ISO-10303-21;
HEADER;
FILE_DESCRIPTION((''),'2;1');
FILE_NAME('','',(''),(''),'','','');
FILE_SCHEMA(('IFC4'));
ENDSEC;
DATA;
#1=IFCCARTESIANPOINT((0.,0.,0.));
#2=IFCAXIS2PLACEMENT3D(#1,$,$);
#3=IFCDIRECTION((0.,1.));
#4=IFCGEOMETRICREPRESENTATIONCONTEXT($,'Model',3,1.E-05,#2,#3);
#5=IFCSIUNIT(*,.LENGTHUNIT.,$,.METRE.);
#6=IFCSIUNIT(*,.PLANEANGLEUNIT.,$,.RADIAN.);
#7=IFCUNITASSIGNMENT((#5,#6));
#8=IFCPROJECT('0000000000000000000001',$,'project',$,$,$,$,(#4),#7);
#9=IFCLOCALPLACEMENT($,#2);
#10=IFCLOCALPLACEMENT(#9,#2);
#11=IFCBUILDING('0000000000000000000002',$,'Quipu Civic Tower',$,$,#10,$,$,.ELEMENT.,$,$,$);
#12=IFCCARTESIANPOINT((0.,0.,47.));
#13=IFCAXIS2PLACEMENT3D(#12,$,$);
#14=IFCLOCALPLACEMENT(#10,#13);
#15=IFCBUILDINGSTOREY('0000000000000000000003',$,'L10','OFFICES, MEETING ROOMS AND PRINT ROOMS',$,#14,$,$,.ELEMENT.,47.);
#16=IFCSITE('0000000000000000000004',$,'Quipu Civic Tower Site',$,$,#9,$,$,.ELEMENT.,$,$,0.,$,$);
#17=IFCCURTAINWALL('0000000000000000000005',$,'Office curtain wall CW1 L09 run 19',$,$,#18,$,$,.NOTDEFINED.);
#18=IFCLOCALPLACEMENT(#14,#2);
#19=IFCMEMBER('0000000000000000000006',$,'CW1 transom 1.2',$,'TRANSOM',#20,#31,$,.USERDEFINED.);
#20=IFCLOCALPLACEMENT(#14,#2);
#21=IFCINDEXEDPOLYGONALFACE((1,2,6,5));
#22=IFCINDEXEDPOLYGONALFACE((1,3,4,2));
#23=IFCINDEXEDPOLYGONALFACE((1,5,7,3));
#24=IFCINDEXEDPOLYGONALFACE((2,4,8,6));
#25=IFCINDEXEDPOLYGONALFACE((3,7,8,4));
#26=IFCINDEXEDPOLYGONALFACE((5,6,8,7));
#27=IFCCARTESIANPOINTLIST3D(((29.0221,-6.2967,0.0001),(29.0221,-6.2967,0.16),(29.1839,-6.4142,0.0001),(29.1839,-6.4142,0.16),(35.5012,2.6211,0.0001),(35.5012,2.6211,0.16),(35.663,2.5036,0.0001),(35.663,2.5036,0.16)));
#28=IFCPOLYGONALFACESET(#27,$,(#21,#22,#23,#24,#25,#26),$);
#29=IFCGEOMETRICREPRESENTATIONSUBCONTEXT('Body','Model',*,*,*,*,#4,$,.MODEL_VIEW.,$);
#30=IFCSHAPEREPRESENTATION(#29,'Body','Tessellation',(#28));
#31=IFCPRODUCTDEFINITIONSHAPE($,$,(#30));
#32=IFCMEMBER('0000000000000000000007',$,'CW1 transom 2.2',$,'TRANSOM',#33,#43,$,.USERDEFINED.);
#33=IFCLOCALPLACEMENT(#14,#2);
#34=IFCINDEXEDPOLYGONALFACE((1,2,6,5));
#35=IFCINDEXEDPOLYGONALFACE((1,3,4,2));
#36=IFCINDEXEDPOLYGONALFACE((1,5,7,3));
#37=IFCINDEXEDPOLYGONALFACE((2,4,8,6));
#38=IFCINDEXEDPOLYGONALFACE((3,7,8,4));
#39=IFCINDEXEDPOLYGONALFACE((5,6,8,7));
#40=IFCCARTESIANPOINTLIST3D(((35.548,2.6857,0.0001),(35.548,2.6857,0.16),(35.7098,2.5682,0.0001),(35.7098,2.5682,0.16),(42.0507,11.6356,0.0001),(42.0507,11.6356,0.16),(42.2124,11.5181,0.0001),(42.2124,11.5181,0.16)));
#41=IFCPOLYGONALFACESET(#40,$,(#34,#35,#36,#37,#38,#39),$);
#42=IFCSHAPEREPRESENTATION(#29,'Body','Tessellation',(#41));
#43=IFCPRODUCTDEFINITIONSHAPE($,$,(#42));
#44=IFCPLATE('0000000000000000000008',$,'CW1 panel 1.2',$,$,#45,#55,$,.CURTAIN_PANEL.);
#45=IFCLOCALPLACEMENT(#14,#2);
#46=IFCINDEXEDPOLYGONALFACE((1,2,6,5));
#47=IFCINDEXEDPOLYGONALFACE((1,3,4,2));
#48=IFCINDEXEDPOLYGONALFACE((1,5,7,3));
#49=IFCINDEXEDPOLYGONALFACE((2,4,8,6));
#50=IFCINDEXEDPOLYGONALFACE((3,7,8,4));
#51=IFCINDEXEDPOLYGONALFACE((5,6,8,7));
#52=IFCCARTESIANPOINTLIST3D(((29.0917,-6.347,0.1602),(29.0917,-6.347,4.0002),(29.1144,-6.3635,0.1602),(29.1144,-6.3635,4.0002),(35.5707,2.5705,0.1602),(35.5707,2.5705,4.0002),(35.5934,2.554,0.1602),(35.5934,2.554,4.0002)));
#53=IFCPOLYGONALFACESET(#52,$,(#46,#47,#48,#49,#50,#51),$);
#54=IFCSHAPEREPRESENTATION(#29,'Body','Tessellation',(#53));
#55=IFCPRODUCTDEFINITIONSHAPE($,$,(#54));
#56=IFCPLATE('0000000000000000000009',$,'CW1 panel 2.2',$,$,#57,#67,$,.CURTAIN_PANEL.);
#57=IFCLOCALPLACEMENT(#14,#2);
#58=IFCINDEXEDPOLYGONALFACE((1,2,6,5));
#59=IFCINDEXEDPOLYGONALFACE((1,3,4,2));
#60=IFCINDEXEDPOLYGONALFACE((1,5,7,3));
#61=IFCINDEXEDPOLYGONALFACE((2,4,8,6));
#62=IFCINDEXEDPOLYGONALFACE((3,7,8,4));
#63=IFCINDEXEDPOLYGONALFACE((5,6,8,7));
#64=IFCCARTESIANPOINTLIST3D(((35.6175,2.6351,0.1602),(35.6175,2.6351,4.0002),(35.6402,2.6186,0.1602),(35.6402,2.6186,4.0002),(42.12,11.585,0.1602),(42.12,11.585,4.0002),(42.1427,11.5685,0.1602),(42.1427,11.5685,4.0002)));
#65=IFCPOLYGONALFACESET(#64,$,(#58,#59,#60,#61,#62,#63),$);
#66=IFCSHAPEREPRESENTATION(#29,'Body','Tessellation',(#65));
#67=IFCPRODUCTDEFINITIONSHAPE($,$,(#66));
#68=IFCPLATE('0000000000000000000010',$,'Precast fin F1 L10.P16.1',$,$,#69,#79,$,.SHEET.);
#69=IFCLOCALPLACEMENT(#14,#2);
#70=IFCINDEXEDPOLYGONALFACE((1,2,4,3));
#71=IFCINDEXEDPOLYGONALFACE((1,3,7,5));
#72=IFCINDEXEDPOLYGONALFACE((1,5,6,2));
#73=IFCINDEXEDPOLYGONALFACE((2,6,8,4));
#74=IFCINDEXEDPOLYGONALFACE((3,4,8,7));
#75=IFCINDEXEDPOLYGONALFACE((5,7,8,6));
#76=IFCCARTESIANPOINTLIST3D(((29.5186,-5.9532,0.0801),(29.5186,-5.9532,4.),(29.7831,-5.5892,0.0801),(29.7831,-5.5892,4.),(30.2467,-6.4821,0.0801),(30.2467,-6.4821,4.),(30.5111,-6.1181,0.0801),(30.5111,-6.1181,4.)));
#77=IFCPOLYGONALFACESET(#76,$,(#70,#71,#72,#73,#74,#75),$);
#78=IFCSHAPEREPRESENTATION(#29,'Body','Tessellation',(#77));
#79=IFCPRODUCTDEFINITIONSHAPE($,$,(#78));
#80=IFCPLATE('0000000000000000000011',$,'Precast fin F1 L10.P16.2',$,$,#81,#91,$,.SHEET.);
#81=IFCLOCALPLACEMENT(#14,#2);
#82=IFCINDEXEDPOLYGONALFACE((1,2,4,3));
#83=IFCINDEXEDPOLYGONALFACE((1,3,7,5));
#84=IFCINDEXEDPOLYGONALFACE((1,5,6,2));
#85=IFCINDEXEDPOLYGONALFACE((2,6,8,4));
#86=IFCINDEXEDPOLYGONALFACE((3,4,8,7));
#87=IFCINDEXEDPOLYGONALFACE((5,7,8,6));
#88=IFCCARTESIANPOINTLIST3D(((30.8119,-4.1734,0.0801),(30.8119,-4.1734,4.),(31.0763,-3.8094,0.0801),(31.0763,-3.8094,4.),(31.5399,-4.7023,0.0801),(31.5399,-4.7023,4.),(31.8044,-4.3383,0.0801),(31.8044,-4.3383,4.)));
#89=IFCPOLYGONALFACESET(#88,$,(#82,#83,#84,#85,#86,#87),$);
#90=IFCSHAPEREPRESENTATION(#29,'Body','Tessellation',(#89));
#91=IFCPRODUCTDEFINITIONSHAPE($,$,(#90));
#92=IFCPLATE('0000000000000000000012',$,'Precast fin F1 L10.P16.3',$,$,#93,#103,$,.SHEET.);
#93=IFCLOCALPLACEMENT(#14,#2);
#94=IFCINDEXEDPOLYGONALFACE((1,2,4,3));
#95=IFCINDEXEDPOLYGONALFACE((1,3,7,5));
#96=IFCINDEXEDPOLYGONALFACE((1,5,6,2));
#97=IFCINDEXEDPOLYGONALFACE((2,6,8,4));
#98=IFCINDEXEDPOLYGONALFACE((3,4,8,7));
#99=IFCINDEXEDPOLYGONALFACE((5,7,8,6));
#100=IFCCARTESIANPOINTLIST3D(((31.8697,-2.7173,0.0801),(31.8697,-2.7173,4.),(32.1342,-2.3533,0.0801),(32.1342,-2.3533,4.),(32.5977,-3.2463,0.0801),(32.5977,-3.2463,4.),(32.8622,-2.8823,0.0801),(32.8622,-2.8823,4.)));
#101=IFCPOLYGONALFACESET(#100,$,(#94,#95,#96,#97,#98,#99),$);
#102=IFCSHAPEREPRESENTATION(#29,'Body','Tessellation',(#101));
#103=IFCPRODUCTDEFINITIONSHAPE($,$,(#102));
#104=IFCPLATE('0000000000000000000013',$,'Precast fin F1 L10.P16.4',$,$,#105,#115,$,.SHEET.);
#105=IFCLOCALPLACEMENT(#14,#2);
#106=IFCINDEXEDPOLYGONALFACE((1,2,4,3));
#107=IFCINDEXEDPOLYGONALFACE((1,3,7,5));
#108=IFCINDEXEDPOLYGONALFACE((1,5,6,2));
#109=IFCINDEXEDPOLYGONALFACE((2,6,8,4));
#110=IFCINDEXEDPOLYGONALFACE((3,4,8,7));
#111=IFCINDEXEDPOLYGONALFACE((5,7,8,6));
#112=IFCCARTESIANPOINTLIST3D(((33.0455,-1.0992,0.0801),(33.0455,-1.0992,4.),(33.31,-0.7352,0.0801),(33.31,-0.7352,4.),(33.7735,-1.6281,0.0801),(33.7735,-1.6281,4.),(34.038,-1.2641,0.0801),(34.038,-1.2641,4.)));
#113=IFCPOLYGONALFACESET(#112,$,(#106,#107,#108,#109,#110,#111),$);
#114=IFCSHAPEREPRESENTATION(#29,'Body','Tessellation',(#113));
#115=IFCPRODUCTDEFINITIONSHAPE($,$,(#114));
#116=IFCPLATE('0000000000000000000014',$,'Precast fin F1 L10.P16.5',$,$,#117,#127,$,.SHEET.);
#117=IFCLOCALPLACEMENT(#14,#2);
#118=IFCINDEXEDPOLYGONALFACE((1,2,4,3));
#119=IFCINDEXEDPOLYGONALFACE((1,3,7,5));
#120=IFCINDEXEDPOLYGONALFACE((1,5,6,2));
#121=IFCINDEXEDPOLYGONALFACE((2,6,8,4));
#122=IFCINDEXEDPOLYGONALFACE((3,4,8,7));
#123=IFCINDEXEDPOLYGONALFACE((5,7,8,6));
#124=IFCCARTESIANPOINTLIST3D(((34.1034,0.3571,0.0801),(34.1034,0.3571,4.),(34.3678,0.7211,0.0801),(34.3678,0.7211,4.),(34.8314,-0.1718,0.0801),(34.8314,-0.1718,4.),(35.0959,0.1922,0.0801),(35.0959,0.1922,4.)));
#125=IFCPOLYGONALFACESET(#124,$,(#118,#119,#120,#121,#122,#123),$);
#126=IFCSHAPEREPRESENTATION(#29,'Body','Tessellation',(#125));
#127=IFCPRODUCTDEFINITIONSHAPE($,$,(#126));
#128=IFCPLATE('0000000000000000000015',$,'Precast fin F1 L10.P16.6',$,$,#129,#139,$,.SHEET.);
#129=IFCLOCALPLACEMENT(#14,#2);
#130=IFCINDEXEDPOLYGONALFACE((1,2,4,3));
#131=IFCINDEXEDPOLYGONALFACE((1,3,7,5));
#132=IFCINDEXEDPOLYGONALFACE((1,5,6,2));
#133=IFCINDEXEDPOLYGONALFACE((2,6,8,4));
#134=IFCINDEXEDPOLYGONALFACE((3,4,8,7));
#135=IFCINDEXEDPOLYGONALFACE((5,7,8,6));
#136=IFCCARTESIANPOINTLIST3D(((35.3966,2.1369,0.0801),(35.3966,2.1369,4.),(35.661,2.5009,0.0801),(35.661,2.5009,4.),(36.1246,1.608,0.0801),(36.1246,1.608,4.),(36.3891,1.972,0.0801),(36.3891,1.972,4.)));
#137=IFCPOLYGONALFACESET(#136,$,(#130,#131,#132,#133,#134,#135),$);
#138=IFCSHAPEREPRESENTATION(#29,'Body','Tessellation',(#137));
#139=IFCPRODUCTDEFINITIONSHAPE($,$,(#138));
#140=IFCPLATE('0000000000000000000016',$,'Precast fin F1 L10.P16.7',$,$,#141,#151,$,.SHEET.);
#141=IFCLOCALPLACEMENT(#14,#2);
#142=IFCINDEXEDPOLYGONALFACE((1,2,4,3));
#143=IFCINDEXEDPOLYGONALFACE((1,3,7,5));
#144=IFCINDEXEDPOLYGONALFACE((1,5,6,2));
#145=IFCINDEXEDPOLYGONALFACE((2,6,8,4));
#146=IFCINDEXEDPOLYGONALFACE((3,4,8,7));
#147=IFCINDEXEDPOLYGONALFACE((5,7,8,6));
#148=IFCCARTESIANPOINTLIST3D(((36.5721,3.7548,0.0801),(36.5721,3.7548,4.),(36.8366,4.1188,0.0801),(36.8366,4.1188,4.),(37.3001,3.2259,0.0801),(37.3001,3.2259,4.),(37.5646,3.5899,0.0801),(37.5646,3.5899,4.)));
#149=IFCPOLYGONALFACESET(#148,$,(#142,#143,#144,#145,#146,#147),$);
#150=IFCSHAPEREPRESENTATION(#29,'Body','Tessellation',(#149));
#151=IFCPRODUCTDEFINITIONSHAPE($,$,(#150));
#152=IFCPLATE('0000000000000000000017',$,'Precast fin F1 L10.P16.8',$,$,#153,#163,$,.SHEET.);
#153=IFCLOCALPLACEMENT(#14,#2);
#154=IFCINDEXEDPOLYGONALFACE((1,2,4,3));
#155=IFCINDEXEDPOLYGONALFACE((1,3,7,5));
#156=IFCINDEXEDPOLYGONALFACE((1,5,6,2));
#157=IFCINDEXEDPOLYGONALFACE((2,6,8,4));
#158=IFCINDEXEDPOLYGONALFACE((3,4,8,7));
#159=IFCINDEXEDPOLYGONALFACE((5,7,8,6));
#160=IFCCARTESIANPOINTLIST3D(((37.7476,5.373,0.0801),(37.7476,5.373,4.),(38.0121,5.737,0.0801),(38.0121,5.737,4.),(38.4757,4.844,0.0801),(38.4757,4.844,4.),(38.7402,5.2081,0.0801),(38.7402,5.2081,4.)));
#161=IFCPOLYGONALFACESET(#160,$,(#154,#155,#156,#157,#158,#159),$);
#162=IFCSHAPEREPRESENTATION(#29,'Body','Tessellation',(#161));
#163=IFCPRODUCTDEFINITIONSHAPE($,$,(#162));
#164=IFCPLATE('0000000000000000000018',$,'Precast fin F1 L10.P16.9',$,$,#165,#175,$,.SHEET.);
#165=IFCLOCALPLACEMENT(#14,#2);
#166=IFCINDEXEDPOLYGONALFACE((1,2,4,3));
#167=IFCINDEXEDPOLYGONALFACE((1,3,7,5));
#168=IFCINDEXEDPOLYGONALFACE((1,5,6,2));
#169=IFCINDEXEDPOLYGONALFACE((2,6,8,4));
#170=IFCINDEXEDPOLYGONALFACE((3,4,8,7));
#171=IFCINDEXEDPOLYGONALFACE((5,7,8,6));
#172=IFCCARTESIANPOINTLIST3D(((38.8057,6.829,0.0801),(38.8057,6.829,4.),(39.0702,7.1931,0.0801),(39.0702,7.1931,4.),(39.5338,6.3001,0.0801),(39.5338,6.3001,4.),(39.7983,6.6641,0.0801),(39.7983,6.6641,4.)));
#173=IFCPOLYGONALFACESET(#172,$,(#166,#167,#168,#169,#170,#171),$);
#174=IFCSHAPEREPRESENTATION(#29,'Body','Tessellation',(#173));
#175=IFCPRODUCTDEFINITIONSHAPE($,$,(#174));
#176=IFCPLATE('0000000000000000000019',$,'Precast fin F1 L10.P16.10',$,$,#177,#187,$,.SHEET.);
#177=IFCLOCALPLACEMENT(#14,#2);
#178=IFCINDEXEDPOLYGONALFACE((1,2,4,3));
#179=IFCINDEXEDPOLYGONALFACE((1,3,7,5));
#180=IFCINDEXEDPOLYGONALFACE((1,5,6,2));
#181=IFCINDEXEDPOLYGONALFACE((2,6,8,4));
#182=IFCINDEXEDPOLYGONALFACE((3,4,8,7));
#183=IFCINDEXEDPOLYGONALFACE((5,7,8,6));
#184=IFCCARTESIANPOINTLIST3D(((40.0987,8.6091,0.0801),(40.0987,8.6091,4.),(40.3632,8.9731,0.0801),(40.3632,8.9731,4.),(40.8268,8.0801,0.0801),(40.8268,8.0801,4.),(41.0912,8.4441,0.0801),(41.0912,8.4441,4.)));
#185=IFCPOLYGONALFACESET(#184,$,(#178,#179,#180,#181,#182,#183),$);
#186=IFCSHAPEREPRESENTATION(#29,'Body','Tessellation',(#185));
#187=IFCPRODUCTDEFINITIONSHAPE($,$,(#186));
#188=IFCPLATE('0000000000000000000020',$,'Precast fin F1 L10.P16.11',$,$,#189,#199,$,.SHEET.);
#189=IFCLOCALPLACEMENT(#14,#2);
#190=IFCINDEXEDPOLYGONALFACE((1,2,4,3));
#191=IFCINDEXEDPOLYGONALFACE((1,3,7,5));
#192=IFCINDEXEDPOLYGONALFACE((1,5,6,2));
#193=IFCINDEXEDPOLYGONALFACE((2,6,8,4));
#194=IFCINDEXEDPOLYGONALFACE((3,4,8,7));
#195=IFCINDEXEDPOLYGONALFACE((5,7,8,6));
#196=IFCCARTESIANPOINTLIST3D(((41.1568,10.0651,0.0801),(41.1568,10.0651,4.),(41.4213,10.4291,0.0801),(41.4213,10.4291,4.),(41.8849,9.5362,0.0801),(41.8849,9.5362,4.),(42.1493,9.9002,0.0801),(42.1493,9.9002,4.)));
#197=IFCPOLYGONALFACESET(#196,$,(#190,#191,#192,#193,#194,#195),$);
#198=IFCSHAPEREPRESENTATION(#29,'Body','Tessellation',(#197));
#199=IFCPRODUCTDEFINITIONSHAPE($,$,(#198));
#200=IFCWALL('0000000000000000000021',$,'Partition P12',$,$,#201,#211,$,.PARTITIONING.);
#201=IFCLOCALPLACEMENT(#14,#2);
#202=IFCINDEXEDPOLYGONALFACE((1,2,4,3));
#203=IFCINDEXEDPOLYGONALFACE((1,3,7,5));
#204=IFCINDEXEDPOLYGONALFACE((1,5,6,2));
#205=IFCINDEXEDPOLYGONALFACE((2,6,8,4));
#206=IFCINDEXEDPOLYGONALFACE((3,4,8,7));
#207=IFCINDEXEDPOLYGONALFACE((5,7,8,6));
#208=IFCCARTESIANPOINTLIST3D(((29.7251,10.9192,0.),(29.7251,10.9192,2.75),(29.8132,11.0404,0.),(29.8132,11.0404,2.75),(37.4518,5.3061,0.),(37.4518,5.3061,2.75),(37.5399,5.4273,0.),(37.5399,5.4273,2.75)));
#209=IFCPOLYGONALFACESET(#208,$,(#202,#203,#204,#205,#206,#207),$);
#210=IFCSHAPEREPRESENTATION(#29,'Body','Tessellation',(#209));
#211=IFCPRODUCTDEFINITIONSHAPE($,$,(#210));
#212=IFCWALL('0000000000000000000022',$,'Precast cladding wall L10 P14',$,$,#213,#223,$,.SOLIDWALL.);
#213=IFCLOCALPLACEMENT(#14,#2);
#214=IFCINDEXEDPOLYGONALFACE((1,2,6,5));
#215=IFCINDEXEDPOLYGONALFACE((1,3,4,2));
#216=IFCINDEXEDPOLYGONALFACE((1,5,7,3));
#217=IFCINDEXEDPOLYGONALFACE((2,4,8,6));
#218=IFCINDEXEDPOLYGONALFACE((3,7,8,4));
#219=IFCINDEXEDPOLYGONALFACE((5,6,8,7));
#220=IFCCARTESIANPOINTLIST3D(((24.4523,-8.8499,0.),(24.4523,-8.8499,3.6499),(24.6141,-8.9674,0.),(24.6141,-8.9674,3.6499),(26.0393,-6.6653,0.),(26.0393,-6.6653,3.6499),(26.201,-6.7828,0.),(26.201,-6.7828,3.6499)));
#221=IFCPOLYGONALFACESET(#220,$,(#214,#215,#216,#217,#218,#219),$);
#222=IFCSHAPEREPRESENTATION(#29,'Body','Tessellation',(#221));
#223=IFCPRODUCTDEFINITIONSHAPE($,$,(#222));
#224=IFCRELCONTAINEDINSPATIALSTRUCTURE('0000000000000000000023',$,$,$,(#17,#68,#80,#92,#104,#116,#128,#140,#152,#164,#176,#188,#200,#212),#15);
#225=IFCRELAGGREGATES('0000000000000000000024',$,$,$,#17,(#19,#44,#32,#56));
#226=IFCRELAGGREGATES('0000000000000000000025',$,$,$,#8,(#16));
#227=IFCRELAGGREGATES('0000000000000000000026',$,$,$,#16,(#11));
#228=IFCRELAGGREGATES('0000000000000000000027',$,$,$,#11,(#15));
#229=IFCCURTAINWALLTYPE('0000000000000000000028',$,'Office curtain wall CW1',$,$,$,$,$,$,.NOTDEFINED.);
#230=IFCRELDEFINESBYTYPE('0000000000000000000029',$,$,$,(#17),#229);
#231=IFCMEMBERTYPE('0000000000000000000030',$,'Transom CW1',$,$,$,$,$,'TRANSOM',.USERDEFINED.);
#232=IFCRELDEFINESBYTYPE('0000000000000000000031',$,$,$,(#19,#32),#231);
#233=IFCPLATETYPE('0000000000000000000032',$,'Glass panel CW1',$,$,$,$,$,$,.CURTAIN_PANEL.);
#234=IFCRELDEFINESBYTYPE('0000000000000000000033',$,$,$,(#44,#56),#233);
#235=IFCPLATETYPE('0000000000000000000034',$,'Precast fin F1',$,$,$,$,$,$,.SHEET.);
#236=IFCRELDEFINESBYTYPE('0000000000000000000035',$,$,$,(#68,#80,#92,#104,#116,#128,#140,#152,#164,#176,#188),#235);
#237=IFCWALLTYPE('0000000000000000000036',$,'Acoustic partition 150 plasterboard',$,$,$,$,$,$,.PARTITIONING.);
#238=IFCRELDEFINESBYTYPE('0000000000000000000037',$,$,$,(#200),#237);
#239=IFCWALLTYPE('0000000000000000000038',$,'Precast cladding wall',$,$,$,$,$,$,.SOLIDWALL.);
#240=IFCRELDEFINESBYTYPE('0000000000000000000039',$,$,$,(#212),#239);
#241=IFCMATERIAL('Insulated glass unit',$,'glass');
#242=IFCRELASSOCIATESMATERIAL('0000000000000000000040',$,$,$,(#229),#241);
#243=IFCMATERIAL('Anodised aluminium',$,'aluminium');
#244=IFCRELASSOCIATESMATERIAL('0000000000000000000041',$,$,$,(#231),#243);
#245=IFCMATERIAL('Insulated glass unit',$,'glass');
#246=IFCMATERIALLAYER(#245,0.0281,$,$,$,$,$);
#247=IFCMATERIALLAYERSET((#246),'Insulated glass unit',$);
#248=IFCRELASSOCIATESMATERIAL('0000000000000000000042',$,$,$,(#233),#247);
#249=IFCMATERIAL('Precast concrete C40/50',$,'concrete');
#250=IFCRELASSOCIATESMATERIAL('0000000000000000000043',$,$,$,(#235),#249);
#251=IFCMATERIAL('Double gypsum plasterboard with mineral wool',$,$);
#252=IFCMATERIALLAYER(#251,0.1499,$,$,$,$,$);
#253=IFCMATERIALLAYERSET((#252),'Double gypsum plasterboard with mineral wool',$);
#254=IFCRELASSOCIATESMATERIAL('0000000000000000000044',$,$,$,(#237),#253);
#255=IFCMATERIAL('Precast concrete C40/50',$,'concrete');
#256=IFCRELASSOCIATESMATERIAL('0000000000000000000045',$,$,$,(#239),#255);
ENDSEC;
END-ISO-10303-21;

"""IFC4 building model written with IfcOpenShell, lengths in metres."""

from ifc_helpers import new_model, si_unit, direction, frame, frame_2d, origin, origin_2d, place, context, subcontext, project, spatial, rectangle, extrude, material, layer, layer_set, material_profile, profile_set, type_object, element, aggregate, save


model = new_model("IFC4")

# Units and contexts
model_context = context("Model", 3, precision=1e-05, world=origin(), true_north=direction((0.0, 1.0)))
body_context = subcontext(model_context, "Body", "Model", "MODEL_VIEW")
ifc_project = project(units=[si_unit("LENGTHUNIT", "METRE"), si_unit("PLANEANGLEUNIT", "RADIAN")], contexts=[model_context])

# Site, building, storey
site_placement = place(None, origin())
site = spatial("IfcSite", under=ifc_project, at=site_placement, Name="Quipu Civic Tower Site", CompositionType="ELEMENT", RefElevation=0.0)
building_placement = place(site_placement, origin())
building = spatial("IfcBuilding", under=site, at=building_placement, Name="Quipu Civic Tower", CompositionType="ELEMENT")
storey_placement = place(building_placement, frame((0.0, 0.0, 47.0)))
storey = spatial("IfcBuildingStorey", under=building, at=storey_placement, Name="L10", Description="OFFICES, MEETING ROOMS AND PRINT ROOMS", CompositionType="ELEMENT", Elevation=47.0)

# Curtain wall
ifc_material_1 = material(Name="Insulated glass unit", Category="glass")
curtain_wall_type = type_object("IfcCurtainWallType", Name="Office curtain wall CW1", PredefinedType="NOTDEFINED", material=ifc_material_1)
curtain_wall_placement = place(storey_placement, origin())
curtain_wall = element("IfcCurtainWall", 1, at=curtain_wall_placement, inside=storey, type_object=curtain_wall_type, Name="Office curtain wall CW1 L09 run 19", PredefinedType="NOTDEFINED")

# Members
ifc_material_2 = material(Name="Anodised aluminium", Category="aluminium")
ifc_material_profile_1 = material_profile(ifc_material_2, rectangle(XDim=0.2, YDim=0.1599, at=origin_2d()), Name="RECT 200x160")
ifc_profile_set_1 = profile_set([ifc_material_profile_1], Name="Anodised aluminium")
member_type_1 = type_object("IfcMemberType", Name="Transom CW1", ElementType="TRANSOM", PredefinedType="USERDEFINED", material=ifc_profile_set_1)
member_1_placement = place(storey_placement, frame((29.103, -6.3555, 0.0801), z_axis=(0.587779, 0.809021, 0.0), x_axis=(-0.809021, 0.587779, 0.0)))
member_1 = element("IfcMember", 2, at=member_1_placement, type_object=member_type_1, Name="CW1 transom 1.2", ObjectType="TRANSOM", PredefinedType="USERDEFINED", context=body_context, shape_type="SweptSolid", body=[
    extrude(rectangle(XDim=0.2, YDim=0.1599, at=origin_2d()), origin(), (0.0, 0.0, 1.0), 11.0229),
])
member_2_placement = place(storey_placement, frame((35.6289, 2.627, 0.0801), z_axis=(0.587795, 0.80901, 0.0), x_axis=(-0.80901, 0.587795, 0.0)))
member_2 = element("IfcMember", 3, at=member_2_placement, type_object=member_type_1, Name="CW1 transom 2.2", ObjectType="TRANSOM", PredefinedType="USERDEFINED", context=body_context, shape_type="SweptSolid", body=[
    extrude(rectangle(XDim=0.2, YDim=0.1599, at=origin_2d()), origin(), (0.0, 0.0, 1.0), 11.0627),
])

# Plates
ifc_material_3 = material(Name="Insulated glass unit", Category="glass")
ifc_layer_1 = layer(ifc_material_3, 0.0281)
ifc_layer_set_1 = layer_set([ifc_layer_1], Name="Insulated glass unit")
plate_type_1 = type_object("IfcPlateType", Name="Glass panel CW1", PredefinedType="CURTAIN_PANEL", material=ifc_layer_set_1)
plate_1_placement = place(storey_placement, frame((32.3425, -1.8965, 0.1602), z_axis=(0.0, 0.0, 1.0), x_axis=(0.587786, 0.809017, 0.0)))
plate_1 = element("IfcPlate", 4, at=plate_1_placement, type_object=plate_type_1, Name="CW1 panel 1.2", PredefinedType="CURTAIN_PANEL", context=body_context, shape_type="SweptSolid", body=[
    extrude(rectangle(XDim=11.0227, YDim=0.0281, at=origin_2d()), origin(), (0.0, 0.0, 1.0), 3.8401),
])
plate_2_placement = place(storey_placement, frame((38.8801, 7.1018, 0.1602), z_axis=(0.0, 0.0, 1.0), x_axis=(0.587786, 0.809017, 0.0)))
plate_2 = element("IfcPlate", 5, at=plate_2_placement, type_object=plate_type_1, Name="CW1 panel 2.2", PredefinedType="CURTAIN_PANEL", context=body_context, shape_type="SweptSolid", body=[
    extrude(rectangle(XDim=11.0627, YDim=0.0281, at=origin_2d()), origin(), (0.0, 0.0, 1.0), 3.8401),
])
aggregate(curtain_wall, [member_1, plate_1, member_2, plate_2])

# Plates
ifc_material_4 = material(Name="Precast concrete C40/50", Category="concrete")
plate_type_2 = type_object("IfcPlateType", Name="Precast fin F1", PredefinedType="SHEET", material=ifc_material_4)
for number, where, z_axis, x_axis, name in (
    (6, (30.0149, -6.0356, 0.0801), (0.0, 0.0, 1.0), (0.587786, 0.809017, 0.0), "Precast fin F1 L10.P16.1"),
    (7, (31.3081, -4.2559, 0.0801), (0.0, 0.0, 1.0), (0.587786, 0.809017, 0.0), "Precast fin F1 L10.P16.2"),
    (8, (32.366, -2.7998, 0.0801), (0.0, 0.0, 1.0), (0.587786, 0.809017, 0.0), "Precast fin F1 L10.P16.3"),
    (9, (33.5417, -1.1816, 0.0801), (0.0, 0.0, 1.0), (0.587786, 0.809017, 0.0), "Precast fin F1 L10.P16.4"),
    (10, (34.5996, 0.2747, 0.0801), (0.0, 0.0, 1.0), (0.587786, 0.809017, 0.0), "Precast fin F1 L10.P16.5"),
    (11, (35.8928, 2.0544, 0.0801), (0.0, 0.0, 1.0), (0.587786, 0.809017, 0.0), "Precast fin F1 L10.P16.6"),
    (12, (37.0684, 3.6724, 0.0801), (0.0, 0.0, 1.0), (0.587786, 0.809017, 0.0), "Precast fin F1 L10.P16.7"),
    (13, (38.2439, 5.2905, 0.0801), (0.0, 0.0, 1.0), (0.587786, 0.809017, 0.0), "Precast fin F1 L10.P16.8"),
    (14, (39.302, 6.7466, 0.0801), (0.0, 0.0, 1.0), (0.587786, 0.809017, 0.0), "Precast fin F1 L10.P16.9"),
    (15, (40.595, 8.5266, 0.0801), (0.0, 0.0, 1.0), (0.587786, 0.809017, 0.0), "Precast fin F1 L10.P16.10"),
    (16, (41.6531, 9.9827, 0.0801), (0.0, 0.0, 1.0), (0.587786, 0.809017, 0.0), "Precast fin F1 L10.P16.11"),
):
    element("IfcPlate", number, at=place(storey_placement, frame(where, z_axis=z_axis, x_axis=x_axis)), inside=storey, type_object=plate_type_2, Name=name, PredefinedType="SHEET", context=body_context, shape_type="SweptSolid", body=[
        extrude(rectangle(XDim=0.45, YDim=0.8999, at=origin_2d()), origin(), (0.0, 0.0, 1.0), 3.9199),
    ])

# Walls
ifc_material_5 = material(Name="Double gypsum plasterboard with mineral wool")
ifc_layer_2 = layer(ifc_material_5, 0.1499)
ifc_layer_set_2 = layer_set([ifc_layer_2], Name="Double gypsum plasterboard with mineral wool")
wall_type_1 = type_object("IfcWallType", Name="Acoustic partition 150 plasterboard", PredefinedType="PARTITIONING", material=ifc_layer_set_2)
wall_1_placement = place(storey_placement, frame((37.4958, 5.3667, 0.0), z_axis=(0.0, 0.0, 1.0), x_axis=(-0.809049, 0.587741, 0.0)))
element("IfcWall", 17, at=wall_1_placement, inside=storey, type_object=wall_type_1, Name="Partition P12", PredefinedType="PARTITIONING", context=body_context, shape_type="SweptSolid", body=[
    extrude(rectangle(XDim=9.5503, YDim=0.1499, at=frame_2d((4.7751, 0.0))), origin(), (0.0, 0.0, 1.0), 2.75),
])
ifc_material_6 = material(Name="Precast concrete C40/50", Category="concrete")
wall_type_2 = type_object("IfcWallType", Name="Precast cladding wall", PredefinedType="SOLIDWALL", material=ifc_material_6)
wall_2_placement = place(storey_placement, frame((24.5332, -8.9087, 0.0), z_axis=(0.0, 0.0, 1.0), x_axis=(0.58772, 0.809064, 0.0)))
element("IfcWall", 18, at=wall_2_placement, inside=storey, type_object=wall_type_2, Name="Precast cladding wall L10 P14", PredefinedType="SOLIDWALL", context=body_context, shape_type="SweptSolid", body=[
    extrude(rectangle(XDim=2.7002, YDim=0.2, at=frame_2d((1.3501, 0.0))), origin(), (0.0, 0.0, 1.0), 3.6499),
])

save(model, "model.ifc")
